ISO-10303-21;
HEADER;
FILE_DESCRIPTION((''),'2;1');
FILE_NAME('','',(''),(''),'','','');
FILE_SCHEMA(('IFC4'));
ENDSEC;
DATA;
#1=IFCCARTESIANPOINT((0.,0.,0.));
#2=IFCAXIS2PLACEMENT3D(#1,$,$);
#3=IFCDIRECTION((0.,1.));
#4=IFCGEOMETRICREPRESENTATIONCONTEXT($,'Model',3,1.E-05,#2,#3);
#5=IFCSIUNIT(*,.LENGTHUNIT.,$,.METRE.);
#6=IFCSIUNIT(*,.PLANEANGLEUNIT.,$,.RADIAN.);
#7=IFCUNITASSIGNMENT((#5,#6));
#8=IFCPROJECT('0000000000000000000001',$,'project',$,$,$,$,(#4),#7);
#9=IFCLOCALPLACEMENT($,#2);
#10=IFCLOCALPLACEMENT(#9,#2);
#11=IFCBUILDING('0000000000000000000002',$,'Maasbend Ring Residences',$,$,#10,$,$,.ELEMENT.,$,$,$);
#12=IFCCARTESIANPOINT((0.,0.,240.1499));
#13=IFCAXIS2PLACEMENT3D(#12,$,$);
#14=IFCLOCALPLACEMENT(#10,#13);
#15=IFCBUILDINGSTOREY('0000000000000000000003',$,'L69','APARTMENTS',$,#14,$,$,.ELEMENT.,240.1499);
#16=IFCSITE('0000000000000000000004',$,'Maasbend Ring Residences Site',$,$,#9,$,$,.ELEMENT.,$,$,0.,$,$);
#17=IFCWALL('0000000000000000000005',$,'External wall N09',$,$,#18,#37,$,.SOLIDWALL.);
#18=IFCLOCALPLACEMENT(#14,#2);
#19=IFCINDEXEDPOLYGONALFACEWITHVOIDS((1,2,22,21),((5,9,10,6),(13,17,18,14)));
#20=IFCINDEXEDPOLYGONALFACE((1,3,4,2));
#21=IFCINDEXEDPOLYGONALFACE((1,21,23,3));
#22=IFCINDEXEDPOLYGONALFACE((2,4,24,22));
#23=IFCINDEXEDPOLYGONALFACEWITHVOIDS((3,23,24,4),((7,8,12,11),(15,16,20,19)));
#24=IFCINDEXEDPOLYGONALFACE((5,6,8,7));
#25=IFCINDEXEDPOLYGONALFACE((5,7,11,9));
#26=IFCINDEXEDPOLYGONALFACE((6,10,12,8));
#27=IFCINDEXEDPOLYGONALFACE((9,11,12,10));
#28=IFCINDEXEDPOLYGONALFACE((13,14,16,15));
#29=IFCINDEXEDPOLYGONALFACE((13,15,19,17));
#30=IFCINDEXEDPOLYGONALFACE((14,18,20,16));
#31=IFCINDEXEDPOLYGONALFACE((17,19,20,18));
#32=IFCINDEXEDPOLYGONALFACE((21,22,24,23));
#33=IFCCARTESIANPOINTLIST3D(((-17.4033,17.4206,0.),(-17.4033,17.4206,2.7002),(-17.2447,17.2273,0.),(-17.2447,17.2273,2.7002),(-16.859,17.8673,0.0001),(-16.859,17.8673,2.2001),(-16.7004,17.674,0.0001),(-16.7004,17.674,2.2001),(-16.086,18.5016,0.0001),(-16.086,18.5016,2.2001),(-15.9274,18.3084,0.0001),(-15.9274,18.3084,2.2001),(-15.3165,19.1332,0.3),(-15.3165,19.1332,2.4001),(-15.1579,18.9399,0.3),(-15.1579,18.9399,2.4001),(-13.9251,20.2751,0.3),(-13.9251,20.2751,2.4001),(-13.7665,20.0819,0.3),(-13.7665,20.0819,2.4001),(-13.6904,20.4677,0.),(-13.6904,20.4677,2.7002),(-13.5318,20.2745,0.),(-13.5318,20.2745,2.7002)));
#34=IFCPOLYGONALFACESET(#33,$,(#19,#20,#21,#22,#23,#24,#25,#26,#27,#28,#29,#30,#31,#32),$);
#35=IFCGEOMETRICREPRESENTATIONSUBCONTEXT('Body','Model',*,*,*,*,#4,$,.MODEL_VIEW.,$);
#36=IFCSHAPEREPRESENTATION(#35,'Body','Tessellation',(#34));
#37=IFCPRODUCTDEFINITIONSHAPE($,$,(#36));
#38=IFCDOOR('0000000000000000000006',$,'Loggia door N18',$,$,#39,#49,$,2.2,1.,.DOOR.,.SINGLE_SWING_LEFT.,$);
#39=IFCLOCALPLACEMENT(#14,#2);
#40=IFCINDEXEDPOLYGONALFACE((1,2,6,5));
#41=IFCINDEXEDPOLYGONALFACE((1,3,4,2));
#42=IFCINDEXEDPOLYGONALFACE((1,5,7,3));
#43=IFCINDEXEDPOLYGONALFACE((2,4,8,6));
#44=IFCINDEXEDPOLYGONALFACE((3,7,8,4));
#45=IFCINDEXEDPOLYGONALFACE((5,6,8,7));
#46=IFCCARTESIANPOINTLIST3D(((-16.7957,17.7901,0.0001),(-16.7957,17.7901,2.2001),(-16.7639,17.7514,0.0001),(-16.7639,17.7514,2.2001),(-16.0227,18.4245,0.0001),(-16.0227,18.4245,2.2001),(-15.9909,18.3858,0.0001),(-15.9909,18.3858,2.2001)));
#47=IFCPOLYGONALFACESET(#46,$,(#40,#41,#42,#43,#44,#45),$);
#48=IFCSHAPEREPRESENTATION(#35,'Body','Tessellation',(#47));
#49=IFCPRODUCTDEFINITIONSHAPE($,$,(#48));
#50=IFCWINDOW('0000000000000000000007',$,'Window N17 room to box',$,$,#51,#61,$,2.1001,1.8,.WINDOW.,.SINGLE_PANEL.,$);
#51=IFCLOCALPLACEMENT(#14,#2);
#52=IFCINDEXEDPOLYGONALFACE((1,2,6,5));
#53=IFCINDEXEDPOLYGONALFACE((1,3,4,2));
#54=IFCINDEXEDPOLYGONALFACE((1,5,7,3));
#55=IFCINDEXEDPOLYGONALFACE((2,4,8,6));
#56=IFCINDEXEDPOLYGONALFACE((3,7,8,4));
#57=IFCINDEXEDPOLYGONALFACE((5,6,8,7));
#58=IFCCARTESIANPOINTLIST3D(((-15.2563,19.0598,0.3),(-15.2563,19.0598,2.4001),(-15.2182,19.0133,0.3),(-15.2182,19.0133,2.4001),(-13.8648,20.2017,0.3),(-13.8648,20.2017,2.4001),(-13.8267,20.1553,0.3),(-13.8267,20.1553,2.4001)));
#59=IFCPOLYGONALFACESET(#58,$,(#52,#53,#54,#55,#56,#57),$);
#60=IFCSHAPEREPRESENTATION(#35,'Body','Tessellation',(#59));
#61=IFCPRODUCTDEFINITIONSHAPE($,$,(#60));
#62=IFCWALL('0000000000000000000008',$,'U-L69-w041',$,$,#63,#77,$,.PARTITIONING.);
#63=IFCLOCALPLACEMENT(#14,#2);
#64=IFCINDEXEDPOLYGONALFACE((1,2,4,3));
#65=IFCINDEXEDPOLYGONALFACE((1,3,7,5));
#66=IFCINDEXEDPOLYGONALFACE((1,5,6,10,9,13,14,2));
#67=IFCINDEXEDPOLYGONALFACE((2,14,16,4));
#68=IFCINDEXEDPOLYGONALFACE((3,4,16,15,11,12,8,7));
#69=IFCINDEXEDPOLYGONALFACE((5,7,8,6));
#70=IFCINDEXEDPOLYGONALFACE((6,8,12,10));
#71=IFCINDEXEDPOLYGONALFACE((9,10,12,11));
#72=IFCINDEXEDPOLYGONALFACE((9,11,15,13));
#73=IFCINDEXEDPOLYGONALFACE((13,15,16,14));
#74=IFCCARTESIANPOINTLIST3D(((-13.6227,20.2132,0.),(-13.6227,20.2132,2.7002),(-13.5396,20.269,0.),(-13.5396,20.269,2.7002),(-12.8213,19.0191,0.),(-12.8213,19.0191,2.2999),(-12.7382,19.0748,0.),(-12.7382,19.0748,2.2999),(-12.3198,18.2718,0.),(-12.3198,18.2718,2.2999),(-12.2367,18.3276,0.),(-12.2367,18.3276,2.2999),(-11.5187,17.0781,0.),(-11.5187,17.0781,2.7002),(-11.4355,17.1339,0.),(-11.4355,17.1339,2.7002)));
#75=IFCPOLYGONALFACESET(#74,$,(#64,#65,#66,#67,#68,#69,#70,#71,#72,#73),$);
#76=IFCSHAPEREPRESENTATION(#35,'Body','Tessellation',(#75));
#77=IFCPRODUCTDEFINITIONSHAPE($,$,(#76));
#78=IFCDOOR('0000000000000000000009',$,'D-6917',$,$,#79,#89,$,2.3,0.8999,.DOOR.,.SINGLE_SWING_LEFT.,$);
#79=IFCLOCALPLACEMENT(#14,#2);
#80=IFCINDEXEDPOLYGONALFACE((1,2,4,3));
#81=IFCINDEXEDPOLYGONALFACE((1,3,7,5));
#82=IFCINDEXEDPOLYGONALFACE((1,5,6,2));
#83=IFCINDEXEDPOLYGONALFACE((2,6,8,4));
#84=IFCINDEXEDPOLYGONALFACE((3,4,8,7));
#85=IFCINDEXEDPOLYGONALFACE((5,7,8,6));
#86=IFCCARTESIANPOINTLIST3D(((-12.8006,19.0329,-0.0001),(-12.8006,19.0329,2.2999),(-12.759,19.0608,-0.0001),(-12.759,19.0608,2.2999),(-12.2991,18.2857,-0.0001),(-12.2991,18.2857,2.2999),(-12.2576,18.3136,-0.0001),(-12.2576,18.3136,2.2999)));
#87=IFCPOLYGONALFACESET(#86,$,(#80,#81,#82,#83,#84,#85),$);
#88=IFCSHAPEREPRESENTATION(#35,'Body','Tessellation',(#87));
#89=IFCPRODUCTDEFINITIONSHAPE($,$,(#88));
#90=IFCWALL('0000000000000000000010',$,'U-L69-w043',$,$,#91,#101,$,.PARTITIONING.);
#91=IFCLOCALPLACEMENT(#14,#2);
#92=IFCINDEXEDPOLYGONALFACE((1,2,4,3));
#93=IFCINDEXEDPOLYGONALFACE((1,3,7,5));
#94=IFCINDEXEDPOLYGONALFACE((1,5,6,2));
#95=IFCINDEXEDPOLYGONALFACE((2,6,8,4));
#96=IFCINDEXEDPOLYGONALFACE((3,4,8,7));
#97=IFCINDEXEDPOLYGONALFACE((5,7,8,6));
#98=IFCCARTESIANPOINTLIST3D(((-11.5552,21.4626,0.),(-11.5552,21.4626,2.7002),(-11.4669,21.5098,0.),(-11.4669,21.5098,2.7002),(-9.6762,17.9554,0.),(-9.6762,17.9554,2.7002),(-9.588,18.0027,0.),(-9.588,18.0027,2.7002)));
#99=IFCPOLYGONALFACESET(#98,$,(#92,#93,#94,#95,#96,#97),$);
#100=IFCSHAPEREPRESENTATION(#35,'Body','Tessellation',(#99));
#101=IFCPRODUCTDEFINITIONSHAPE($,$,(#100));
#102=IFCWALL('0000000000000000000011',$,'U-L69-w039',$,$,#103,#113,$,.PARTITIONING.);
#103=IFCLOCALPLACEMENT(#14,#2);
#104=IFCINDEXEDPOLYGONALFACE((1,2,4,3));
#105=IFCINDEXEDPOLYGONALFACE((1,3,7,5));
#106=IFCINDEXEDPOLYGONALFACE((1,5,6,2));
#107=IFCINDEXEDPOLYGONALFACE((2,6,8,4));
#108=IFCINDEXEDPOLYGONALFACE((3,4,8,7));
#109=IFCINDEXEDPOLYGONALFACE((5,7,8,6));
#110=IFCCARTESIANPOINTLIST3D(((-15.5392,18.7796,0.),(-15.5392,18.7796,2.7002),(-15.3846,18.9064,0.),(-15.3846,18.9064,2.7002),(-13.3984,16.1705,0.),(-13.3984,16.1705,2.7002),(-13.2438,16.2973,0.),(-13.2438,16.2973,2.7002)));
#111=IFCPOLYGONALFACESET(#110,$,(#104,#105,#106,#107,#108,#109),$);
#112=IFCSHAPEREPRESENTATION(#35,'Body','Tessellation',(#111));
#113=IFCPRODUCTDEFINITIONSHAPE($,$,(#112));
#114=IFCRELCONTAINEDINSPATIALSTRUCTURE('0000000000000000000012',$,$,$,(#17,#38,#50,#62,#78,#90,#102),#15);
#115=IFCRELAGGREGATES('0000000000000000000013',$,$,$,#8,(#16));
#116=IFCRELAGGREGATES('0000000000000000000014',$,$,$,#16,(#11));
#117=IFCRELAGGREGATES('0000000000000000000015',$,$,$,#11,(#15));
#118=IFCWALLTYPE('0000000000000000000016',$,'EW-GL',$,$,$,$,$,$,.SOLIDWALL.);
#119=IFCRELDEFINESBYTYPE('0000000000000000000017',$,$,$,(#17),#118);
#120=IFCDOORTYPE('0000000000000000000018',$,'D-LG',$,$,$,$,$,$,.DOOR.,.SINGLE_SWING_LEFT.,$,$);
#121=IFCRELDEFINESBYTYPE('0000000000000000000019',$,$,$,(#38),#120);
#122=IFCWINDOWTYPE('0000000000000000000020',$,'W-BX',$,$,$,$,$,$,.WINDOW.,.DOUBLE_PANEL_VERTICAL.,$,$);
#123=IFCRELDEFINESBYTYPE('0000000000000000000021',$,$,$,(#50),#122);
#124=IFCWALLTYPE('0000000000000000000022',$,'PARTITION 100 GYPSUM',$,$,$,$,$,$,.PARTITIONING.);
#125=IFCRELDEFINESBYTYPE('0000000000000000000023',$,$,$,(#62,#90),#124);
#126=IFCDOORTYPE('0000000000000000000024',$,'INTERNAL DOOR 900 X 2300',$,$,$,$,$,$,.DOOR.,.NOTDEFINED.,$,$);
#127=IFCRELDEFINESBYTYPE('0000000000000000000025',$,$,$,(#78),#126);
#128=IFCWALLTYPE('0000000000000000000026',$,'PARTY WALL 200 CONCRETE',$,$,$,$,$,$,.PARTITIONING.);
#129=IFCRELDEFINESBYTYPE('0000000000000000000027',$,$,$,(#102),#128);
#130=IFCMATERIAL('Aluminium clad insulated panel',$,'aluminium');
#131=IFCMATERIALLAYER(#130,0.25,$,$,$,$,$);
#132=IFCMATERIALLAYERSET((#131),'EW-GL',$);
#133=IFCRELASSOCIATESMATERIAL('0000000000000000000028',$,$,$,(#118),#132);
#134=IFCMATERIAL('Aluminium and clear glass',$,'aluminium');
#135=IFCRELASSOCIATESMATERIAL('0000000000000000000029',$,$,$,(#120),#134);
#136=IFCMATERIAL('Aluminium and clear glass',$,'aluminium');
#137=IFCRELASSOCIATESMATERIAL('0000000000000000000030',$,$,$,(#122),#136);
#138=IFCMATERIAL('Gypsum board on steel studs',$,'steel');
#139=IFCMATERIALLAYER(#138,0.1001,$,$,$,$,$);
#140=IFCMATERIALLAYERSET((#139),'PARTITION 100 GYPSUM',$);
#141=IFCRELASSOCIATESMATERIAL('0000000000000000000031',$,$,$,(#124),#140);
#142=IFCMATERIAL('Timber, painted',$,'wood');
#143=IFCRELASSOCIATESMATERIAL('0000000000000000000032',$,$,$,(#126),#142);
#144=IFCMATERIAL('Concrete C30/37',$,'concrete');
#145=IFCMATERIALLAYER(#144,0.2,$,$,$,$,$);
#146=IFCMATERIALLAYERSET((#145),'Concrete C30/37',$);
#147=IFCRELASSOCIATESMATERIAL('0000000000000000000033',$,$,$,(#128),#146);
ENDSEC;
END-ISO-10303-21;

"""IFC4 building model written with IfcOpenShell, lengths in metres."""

from ifc_helpers import new_model, si_unit, direction, frame, frame_2d, origin, place, context, subcontext, project, spatial, rectangle, extrude, material, layer, layer_set, type_object, element, fill, save


model = new_model("IFC4")

# Units and contexts
model_context = context("Model", 3, precision=1e-05, world=origin(), true_north=direction((0.0, 1.0)))
body_context = subcontext(model_context, "Body", "Model", "MODEL_VIEW")
ifc_project = project(units=[si_unit("LENGTHUNIT", "METRE"), si_unit("PLANEANGLEUNIT", "RADIAN")], contexts=[model_context])

# Site, building, storey
site_placement = place(None, origin())
site = spatial("IfcSite", under=ifc_project, at=site_placement, Name="Maasbend Ring Residences Site", CompositionType="ELEMENT", RefElevation=0.0)
building_placement = place(site_placement, origin())
building = spatial("IfcBuilding", under=site, at=building_placement, Name="Maasbend Ring Residences", CompositionType="ELEMENT")
storey_placement = place(building_placement, frame((0.0, 0.0, 240.1499)))
storey = spatial("IfcBuildingStorey", under=building, at=storey_placement, Name="L69", Description="APARTMENTS", CompositionType="ELEMENT", Elevation=240.1499)

# Wall, openings, door, window
ifc_material_1 = material(Name="Aluminium clad insulated panel", Category="aluminium")
ifc_layer_1 = layer(ifc_material_1, 0.25)
ifc_layer_set_1 = layer_set([ifc_layer_1], Name="EW-GL")
wall_type_1 = type_object("IfcWallType", Name="EW-GL", PredefinedType="SOLIDWALL", material=ifc_layer_set_1)
wall_1_placement = place(storey_placement, frame((-13.6111, 20.3711, 0.0), z_axis=(0.0, 0.0, 1.0), x_axis=(-0.773008, -0.634397, 0.0)))
wall_1 = element("IfcWall", 1, at=wall_1_placement, inside=storey, type_object=wall_type_1, Name="External wall N09", PredefinedType="SOLIDWALL", context=body_context, shape_type="SweptSolid", body=[
    extrude(rectangle(XDim=4.8032, YDim=0.25, at=frame_2d((2.4016, 0.0))), origin(), (0.0, 0.0, 1.0), 2.7002),
])
opening_1_placement = place(wall_1_placement, frame((0.3037, 0.0, 0.3)))
opening_1 = element("IfcOpeningElement", 2, at=opening_1_placement, cuts=wall_1, PredefinedType="OPENING", context=body_context, shape_type="SweptSolid", body=[
    extrude(rectangle(XDim=1.8, YDim=2.1001, at=frame_2d((0.8999, 1.05))), frame((0.0, 0.135, 0.0), z_axis=(0.0, -1.0, 0.0), x_axis=(1.0, 0.0, 0.0)), (0.0, 0.0, 1.0), 0.27),
])
opening_2_placement = place(wall_1_placement, frame((3.0991, 0.0, 0.0)))
opening_2 = element("IfcOpeningElement", 3, at=opening_2_placement, cuts=wall_1, PredefinedType="OPENING", context=body_context, shape_type="SweptSolid", body=[
    extrude(rectangle(XDim=1.0, YDim=2.2, at=frame_2d((0.5, 1.1001))), frame((0.0, 0.135, 0.0), z_axis=(0.0, -1.0, 0.0), x_axis=(1.0, 0.0, 0.0)), (0.0, 0.0, 1.0), 0.27),
])
ifc_material_2 = material(Name="Aluminium and clear glass", Category="aluminium")
door_type_1 = type_object("IfcDoorType", Name="D-LG", OperationType="SINGLE_SWING_LEFT", PredefinedType="DOOR", material=ifc_material_2)
door_1_placement = place(opening_2_placement, origin())
door_1 = element("IfcDoor", 4, at=door_1_placement, inside=storey, type_object=door_type_1, Name="Loggia door N18", OperationType="SINGLE_SWING_LEFT", OverallHeight=2.2, OverallWidth=1.0, PredefinedType="DOOR", context=body_context, shape_type="SweptSolid", body=[
    extrude(rectangle(XDim=1.0, YDim=2.2, at=frame_2d((0.5, 1.1001))), frame((0.0, 0.0249, 0.0), z_axis=(0.0, -1.0, 0.0), x_axis=(1.0, 0.0, 0.0)), (0.0, 0.0, 1.0), 0.05),
])
fill(opening_2, door_1)
ifc_material_3 = material(Name="Aluminium and clear glass", Category="aluminium")
window_type_1 = type_object("IfcWindowType", Name="W-BX", PartitioningType="DOUBLE_PANEL_VERTICAL", PredefinedType="WINDOW", material=ifc_material_3)
window_1_placement = place(opening_1_placement, origin())
window_1 = element("IfcWindow", 5, at=window_1_placement, inside=storey, type_object=window_type_1, Name="Window N17 room to box", OverallHeight=2.1001, OverallWidth=1.8, PartitioningType="SINGLE_PANEL", PredefinedType="WINDOW", context=body_context, shape_type="SweptSolid", body=[
    extrude(rectangle(XDim=1.8, YDim=2.1001, at=frame_2d((0.8999, 1.05))), frame((0.0, 0.03, 0.0), z_axis=(0.0, -1.0, 0.0), x_axis=(1.0, 0.0, 0.0)), (0.0, 0.0, 1.0), 0.0601),
])
fill(opening_1, window_1)

# Wall, opening, door
ifc_material_4 = material(Name="Gypsum board on steel studs", Category="steel")
ifc_layer_2 = layer(ifc_material_4, 0.1001)
ifc_layer_set_2 = layer_set([ifc_layer_2], Name="PARTITION 100 GYPSUM")
wall_type_2 = type_object("IfcWallType", Name="PARTITION 100 GYPSUM", PredefinedType="PARTITIONING", material=ifc_layer_set_2)
wall_2_placement = place(storey_placement, frame((-13.5811, 20.241, 0.0), z_axis=(0.0, 0.0, 1.0), x_axis=(0.557264, -0.830335, 0.0)))
wall_2 = element("IfcWall", 6, at=wall_2_placement, inside=storey, type_object=wall_type_2, Name="U-L69-w041", PredefinedType="PARTITIONING", context=body_context, shape_type="SweptSolid", body=[
    extrude(rectangle(XDim=3.7756, YDim=0.1001, at=frame_2d((1.8877, 0.0))), origin(), (0.0, 0.0, 1.0), 2.7002),
])
opening_3_placement = place(wall_2_placement, frame((1.438, 0.0, 0.0)))
opening_3 = element("IfcOpeningElement", 7, at=opening_3_placement, cuts=wall_2, PredefinedType="OPENING", context=body_context, shape_type="SweptSolid", body=[
    extrude(rectangle(XDim=0.8999, YDim=2.3, at=frame_2d((0.45, 1.1499))), frame((0.0, 0.0601, 0.0), z_axis=(0.0, -1.0, 0.0), x_axis=(1.0, 0.0, 0.0)), (0.0, 0.0, 1.0), 0.1201),
])
ifc_material_5 = material(Name="Timber, painted", Category="wood")
door_type_2 = type_object("IfcDoorType", Name="INTERNAL DOOR 900 X 2300", OperationType="NOTDEFINED", PredefinedType="DOOR", material=ifc_material_5)
door_2_placement = place(opening_3_placement, origin())
door_2 = element("IfcDoor", 8, at=door_2_placement, inside=storey, type_object=door_type_2, Name="D-6917", OperationType="SINGLE_SWING_LEFT", OverallHeight=2.3, OverallWidth=0.8999, PredefinedType="DOOR", context=body_context, shape_type="SweptSolid", body=[
    extrude(rectangle(XDim=0.8999, YDim=2.3, at=frame_2d((0.45, 1.1499))), frame((0.0, 0.0249, 0.0), z_axis=(0.0, -1.0, 0.0), x_axis=(1.0, 0.0, 0.0)), (0.0, 0.0, 1.0), 0.05),
])
fill(opening_3, door_2)

# Walls
wall_3_placement = place(storey_placement, frame((-11.511, 21.4861, 0.0), z_axis=(0.0, 0.0, 1.0), x_axis=(0.472244, -0.881468, 0.0)))
element("IfcWall", 9, at=wall_3_placement, inside=storey, type_object=wall_type_2, Name="U-L69-w043", PredefinedType="PARTITIONING", context=body_context, shape_type="SweptSolid", body=[
    extrude(rectangle(XDim=3.9788, YDim=0.1001, at=frame_2d((1.9893, 0.0))), origin(), (0.0, 0.0, 1.0), 2.7002),
])
ifc_material_6 = material(Name="Concrete C30/37", Category="concrete")
ifc_layer_3 = layer(ifc_material_6, 0.2)
ifc_layer_set_3 = layer_set([ifc_layer_3], Name="Concrete C30/37")
wall_type_3 = type_object("IfcWallType", Name="PARTY WALL 200 CONCRETE", PredefinedType="PARTITIONING", material=ifc_layer_set_3)
wall_4_placement = place(storey_placement, frame((-15.4619, 18.843, 0.0), z_axis=(0.0, 0.0, 1.0), x_axis=(0.634324, -0.773067, 0.0)))
element("IfcWall", 10, at=wall_4_placement, inside=storey, type_object=wall_type_3, Name="U-L69-w039", PredefinedType="PARTITIONING", context=body_context, shape_type="SweptSolid", body=[
    extrude(rectangle(XDim=3.375, YDim=0.2, at=frame_2d((1.6875, 0.0))), origin(), (0.0, 0.0, 1.0), 2.7002),
])

save(model, "model.ifc")
